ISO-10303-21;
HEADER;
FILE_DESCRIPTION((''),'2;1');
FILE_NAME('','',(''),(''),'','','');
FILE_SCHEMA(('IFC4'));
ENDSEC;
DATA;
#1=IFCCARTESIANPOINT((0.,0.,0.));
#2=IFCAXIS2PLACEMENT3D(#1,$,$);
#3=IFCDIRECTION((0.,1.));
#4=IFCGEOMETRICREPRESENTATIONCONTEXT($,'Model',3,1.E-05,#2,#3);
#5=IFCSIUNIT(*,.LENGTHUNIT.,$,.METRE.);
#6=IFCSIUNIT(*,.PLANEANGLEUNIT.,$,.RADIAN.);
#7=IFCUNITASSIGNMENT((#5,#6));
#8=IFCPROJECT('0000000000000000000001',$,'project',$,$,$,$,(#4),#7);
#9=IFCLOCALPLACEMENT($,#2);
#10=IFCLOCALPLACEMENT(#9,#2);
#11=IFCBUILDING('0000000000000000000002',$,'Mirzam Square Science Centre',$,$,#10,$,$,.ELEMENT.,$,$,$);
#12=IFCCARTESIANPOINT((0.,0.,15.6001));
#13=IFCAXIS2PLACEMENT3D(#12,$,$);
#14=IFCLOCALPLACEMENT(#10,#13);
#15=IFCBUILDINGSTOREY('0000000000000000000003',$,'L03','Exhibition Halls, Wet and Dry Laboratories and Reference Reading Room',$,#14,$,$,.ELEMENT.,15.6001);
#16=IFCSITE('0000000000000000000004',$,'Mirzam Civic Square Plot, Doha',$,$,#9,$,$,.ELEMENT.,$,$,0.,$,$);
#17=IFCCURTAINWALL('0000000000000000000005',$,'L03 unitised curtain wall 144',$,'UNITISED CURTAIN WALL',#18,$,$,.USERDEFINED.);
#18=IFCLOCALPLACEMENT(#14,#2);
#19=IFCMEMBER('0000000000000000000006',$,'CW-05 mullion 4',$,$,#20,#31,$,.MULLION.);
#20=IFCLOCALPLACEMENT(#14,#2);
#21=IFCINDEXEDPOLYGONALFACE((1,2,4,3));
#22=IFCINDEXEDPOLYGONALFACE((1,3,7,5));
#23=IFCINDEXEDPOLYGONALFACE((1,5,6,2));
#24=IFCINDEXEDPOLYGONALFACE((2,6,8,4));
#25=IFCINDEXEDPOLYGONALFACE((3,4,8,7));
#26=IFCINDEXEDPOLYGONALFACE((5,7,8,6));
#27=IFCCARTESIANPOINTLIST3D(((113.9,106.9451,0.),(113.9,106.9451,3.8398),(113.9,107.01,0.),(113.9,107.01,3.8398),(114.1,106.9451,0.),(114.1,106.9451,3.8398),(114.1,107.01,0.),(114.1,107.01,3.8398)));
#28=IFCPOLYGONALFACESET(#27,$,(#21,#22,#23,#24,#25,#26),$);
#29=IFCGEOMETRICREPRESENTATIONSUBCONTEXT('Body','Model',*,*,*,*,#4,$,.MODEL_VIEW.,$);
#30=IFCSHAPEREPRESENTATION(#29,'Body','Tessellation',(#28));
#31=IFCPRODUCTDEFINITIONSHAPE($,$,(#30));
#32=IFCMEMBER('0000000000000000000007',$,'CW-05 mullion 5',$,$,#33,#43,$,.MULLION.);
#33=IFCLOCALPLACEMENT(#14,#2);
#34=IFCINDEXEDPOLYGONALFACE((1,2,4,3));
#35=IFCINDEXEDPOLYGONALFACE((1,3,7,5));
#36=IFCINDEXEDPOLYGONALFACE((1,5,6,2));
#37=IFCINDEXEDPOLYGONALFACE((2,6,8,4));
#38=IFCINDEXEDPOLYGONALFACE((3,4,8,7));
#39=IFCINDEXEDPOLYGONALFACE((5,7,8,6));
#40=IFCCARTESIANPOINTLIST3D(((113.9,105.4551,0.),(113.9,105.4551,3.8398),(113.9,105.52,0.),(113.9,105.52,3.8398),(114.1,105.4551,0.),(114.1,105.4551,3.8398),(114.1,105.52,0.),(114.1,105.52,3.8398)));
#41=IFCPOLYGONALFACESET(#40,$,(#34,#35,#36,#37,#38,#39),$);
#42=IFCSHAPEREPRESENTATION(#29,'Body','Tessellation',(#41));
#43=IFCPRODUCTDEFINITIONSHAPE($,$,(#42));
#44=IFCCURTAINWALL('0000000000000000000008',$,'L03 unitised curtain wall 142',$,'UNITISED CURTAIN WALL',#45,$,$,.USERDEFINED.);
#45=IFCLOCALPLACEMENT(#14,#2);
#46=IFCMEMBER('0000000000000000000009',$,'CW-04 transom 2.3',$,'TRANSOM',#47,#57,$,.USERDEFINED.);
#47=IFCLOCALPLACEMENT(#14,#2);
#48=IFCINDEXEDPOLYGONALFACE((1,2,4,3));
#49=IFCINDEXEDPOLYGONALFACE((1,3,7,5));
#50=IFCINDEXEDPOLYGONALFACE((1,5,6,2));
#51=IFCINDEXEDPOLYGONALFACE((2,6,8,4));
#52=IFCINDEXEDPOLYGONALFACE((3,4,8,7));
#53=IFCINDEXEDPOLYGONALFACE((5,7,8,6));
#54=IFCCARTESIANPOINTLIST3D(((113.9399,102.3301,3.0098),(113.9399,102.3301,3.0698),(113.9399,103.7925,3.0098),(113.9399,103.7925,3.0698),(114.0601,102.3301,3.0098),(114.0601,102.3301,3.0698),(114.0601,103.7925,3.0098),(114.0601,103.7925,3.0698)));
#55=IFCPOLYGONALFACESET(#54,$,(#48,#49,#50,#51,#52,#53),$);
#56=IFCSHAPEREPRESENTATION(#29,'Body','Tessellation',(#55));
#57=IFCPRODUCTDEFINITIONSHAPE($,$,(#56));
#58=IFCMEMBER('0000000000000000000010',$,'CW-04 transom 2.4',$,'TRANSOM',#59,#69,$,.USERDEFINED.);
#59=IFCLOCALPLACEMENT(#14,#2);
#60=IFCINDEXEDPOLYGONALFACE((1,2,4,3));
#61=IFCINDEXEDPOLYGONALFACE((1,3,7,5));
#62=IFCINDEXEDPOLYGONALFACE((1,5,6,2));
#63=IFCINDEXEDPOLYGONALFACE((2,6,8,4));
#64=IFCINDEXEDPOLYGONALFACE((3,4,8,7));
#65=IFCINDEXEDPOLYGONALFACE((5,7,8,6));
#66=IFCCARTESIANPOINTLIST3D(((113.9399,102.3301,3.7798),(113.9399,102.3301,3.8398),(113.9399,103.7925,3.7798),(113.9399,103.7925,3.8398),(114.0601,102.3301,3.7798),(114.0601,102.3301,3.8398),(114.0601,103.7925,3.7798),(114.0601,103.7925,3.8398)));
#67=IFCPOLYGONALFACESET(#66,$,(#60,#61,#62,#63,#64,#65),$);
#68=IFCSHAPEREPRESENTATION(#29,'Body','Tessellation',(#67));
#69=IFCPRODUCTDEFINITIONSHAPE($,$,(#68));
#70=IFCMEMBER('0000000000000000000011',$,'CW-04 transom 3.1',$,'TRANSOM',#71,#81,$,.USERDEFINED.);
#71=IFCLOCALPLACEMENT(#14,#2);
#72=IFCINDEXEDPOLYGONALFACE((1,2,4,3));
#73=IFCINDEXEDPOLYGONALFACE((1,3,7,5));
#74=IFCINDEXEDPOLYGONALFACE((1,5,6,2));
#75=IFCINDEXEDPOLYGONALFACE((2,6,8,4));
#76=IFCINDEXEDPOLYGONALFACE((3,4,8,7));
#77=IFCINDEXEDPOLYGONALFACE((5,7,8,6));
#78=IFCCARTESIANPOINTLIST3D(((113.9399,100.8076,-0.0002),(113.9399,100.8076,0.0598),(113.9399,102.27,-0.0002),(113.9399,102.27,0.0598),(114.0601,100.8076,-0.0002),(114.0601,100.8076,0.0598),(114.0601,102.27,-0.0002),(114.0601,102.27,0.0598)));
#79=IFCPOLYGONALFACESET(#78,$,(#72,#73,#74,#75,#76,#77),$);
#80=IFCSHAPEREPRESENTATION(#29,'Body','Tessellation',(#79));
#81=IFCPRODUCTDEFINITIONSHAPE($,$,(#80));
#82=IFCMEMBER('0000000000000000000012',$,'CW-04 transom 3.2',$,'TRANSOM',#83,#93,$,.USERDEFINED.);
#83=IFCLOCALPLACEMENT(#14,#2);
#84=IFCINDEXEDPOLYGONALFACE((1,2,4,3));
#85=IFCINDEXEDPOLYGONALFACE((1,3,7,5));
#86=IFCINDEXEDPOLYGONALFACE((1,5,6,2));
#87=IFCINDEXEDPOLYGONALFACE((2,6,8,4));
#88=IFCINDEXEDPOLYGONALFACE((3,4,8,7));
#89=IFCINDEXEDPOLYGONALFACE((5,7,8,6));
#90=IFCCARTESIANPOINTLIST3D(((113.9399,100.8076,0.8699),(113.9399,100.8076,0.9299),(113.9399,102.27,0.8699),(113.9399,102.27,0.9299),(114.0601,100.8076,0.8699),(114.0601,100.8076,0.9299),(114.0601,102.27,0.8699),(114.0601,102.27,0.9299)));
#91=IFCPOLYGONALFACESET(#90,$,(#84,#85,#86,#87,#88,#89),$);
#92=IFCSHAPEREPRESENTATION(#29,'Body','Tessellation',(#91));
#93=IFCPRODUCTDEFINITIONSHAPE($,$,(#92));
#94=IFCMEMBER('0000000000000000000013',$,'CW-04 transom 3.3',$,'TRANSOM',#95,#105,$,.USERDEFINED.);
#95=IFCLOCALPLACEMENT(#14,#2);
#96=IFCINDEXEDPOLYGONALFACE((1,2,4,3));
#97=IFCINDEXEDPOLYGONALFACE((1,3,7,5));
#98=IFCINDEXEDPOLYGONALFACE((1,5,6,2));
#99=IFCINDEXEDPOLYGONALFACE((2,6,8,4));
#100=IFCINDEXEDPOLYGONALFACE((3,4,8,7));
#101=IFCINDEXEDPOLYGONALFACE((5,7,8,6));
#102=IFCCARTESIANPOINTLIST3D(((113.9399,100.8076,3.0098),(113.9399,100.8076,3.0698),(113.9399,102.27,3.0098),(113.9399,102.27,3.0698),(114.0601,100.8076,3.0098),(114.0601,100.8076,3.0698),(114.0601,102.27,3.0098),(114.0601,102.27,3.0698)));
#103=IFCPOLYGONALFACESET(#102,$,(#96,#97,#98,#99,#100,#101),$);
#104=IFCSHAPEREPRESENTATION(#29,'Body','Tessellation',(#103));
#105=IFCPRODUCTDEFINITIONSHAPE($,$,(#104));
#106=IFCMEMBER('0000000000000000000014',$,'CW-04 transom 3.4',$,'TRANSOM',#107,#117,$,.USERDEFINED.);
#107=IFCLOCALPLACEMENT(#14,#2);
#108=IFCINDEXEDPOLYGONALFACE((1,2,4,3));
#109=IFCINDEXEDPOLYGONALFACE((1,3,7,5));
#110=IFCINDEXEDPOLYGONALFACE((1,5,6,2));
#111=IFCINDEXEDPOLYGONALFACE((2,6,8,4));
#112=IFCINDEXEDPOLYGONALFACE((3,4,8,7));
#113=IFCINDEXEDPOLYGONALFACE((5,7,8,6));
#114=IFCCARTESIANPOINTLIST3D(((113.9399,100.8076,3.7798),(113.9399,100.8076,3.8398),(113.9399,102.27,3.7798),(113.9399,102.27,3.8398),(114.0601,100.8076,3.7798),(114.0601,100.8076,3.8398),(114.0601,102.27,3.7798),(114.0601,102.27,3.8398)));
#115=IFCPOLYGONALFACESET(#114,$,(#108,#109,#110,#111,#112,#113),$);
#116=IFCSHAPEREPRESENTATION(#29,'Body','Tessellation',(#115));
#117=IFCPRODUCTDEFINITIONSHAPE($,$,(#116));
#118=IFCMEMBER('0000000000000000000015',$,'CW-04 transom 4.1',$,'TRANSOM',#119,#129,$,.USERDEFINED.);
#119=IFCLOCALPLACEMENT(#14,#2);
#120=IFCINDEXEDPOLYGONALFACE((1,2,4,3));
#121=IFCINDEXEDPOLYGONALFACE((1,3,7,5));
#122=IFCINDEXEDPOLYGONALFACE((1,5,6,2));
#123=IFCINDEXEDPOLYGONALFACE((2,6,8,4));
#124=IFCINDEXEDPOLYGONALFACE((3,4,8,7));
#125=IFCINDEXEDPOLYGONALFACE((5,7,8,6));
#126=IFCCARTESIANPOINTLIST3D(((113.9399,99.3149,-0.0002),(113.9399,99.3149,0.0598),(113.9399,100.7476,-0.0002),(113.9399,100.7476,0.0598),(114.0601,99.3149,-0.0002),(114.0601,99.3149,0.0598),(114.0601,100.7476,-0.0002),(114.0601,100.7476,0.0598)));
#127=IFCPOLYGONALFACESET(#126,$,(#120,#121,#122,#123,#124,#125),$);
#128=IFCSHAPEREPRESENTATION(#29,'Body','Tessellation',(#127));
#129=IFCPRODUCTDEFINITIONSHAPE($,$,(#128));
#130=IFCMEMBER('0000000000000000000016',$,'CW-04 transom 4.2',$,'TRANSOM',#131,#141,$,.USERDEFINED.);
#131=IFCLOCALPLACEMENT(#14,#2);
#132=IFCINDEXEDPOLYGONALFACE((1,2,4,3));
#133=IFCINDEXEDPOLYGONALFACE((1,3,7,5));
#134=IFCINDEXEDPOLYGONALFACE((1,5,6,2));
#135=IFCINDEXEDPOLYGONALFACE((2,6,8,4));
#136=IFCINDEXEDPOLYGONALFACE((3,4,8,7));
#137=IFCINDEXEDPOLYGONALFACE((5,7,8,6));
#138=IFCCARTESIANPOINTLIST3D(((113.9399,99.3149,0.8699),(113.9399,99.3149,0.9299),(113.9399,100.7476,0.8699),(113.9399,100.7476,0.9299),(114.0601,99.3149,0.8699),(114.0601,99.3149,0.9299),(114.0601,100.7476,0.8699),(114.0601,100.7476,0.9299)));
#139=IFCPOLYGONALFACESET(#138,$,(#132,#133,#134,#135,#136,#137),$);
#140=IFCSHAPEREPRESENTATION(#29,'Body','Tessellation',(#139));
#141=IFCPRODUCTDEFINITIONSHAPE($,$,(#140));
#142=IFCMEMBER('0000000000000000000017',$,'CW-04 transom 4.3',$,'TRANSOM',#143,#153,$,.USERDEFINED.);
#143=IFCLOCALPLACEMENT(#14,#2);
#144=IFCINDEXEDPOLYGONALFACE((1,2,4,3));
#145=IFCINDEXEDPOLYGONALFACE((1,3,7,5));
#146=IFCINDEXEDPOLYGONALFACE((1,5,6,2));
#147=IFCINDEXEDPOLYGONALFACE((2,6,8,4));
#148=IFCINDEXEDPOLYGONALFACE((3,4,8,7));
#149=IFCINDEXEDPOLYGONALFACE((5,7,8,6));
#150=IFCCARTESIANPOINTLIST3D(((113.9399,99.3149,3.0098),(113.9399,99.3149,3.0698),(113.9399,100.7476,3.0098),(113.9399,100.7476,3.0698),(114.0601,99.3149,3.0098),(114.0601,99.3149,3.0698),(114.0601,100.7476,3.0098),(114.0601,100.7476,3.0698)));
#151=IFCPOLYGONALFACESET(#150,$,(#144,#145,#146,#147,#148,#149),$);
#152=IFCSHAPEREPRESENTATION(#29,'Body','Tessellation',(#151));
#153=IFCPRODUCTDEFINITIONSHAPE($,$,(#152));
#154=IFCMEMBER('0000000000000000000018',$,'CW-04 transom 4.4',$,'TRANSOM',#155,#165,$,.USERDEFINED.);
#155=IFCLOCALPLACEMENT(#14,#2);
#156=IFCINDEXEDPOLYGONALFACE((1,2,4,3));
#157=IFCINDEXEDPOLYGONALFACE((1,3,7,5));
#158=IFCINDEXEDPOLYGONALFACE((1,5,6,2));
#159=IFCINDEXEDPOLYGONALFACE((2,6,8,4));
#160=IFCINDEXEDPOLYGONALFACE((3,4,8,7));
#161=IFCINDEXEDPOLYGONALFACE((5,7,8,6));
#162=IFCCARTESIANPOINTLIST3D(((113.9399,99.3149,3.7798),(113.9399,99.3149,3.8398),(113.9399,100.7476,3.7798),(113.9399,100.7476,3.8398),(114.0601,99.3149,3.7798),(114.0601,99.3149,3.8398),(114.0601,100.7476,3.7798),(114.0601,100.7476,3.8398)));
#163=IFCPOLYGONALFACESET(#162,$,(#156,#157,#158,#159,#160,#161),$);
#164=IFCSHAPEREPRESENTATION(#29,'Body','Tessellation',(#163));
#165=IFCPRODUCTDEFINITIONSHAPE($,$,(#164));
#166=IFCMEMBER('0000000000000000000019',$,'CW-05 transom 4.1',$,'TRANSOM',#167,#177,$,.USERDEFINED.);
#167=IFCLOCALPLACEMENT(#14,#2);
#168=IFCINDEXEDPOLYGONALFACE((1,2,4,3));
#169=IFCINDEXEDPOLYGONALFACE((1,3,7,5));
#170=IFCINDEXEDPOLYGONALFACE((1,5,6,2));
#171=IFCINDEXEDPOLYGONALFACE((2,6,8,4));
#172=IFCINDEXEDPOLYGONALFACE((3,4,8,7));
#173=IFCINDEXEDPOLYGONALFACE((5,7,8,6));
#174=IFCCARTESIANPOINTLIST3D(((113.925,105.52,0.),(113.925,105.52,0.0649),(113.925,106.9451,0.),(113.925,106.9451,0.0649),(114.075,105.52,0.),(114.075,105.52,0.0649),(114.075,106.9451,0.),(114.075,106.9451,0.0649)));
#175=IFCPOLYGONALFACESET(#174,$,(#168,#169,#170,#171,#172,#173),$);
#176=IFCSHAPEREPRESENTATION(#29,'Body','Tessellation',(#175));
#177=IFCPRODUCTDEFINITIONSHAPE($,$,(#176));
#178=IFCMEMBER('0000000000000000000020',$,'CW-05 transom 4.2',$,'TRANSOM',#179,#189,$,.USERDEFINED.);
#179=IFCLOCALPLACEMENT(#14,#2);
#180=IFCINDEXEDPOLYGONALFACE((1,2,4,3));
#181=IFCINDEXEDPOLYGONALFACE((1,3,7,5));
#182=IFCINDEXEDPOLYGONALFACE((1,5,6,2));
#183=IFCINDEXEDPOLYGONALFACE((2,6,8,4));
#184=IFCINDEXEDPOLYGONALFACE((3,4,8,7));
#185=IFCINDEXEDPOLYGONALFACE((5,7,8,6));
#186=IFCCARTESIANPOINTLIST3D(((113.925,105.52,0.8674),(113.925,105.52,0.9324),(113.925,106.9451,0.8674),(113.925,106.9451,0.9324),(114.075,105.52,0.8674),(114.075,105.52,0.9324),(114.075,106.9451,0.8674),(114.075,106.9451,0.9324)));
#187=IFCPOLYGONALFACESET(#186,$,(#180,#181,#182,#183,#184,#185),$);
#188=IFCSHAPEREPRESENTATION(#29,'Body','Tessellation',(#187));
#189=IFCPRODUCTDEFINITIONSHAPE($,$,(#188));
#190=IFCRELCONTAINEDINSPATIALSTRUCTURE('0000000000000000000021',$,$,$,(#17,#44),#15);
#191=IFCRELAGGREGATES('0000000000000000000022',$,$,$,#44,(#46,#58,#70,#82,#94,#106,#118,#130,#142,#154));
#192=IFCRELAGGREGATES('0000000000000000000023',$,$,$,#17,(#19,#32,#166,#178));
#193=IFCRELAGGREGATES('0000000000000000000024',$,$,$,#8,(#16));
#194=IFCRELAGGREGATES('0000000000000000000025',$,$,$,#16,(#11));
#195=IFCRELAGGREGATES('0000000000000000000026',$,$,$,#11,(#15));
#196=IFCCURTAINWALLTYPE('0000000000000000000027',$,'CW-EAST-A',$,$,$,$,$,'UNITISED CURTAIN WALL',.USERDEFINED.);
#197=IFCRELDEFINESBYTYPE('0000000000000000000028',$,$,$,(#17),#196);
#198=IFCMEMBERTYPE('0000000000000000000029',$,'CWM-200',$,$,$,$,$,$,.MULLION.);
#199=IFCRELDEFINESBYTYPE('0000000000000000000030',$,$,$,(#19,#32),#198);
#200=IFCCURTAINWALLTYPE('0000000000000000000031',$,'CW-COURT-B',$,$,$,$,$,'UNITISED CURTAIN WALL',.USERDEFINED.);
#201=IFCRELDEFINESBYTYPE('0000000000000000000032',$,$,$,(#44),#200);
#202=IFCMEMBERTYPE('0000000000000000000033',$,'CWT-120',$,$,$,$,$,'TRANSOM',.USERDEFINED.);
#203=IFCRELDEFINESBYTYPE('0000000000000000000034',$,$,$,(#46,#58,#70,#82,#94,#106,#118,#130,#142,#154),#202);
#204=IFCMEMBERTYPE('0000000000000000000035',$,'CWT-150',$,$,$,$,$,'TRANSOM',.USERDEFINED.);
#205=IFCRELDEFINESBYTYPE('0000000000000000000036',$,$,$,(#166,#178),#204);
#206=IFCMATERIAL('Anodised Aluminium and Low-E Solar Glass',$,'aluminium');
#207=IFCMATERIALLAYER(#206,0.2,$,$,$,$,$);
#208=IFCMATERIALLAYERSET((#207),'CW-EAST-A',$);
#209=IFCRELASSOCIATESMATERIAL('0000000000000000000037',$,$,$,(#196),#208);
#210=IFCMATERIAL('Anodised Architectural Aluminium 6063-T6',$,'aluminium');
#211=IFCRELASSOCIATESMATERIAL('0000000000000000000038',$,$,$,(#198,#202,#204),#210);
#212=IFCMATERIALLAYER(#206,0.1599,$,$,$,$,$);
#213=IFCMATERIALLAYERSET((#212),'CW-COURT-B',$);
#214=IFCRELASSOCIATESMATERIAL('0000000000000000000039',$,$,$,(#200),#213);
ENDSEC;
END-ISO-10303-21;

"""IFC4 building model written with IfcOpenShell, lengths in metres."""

from ifc_helpers import new_model, si_unit, direction, frame, origin, origin_2d, place, context, subcontext, project, spatial, rectangle, extrude, material, layer, layer_set, material_profile, profile_set, type_object, element, aggregate, save


model = new_model("IFC4")

# Units and contexts
model_context = context("Model", 3, precision=1e-05, world=origin(), true_north=direction((0.0, 1.0)))
body_context = subcontext(model_context, "Body", "Model", "MODEL_VIEW")
ifc_project = project(units=[si_unit("LENGTHUNIT", "METRE"), si_unit("PLANEANGLEUNIT", "RADIAN")], contexts=[model_context])

# Site, building, storey
site_placement = place(None, origin())
site = spatial("IfcSite", under=ifc_project, at=site_placement, Name="Mirzam Civic Square Plot, Doha", CompositionType="ELEMENT", RefElevation=0.0)
building_placement = place(site_placement, origin())
building = spatial("IfcBuilding", under=site, at=building_placement, Name="Mirzam Square Science Centre", CompositionType="ELEMENT")
storey_placement = place(building_placement, frame((0.0, 0.0, 15.6001)))
storey = spatial("IfcBuildingStorey", under=building, at=storey_placement, Name="L03", Description="Exhibition Halls, Wet and Dry Laboratories and Reference Reading Room", CompositionType="ELEMENT", Elevation=15.6001)

# Curtain walls, members
ifc_material_1 = material(Name="Anodised Aluminium and Low-E Solar Glass", Category="aluminium")
ifc_layer_1 = layer(ifc_material_1, 0.2)
ifc_layer_set_1 = layer_set([ifc_layer_1], Name="CW-EAST-A")
curtain_wall_type_1 = type_object("IfcCurtainWallType", Name="CW-EAST-A", ElementType="UNITISED CURTAIN WALL", PredefinedType="USERDEFINED", material=ifc_layer_set_1)
curtain_wall_1_placement = place(storey_placement, origin())
curtain_wall_1 = element("IfcCurtainWall", 1, at=curtain_wall_1_placement, inside=storey, type_object=curtain_wall_type_1, Name="L03 unitised curtain wall 144", ObjectType="UNITISED CURTAIN WALL", PredefinedType="USERDEFINED")
ifc_material_2 = material(Name="Anodised Architectural Aluminium 6063-T6", Category="aluminium")
ifc_material_profile_1 = material_profile(ifc_material_2, rectangle(XDim=0.0649, YDim=0.2, at=origin_2d()), Name="ALU-MULL-200x65x5")
ifc_profile_set_1 = profile_set([ifc_material_profile_1], Name="Anodised Architectural Aluminium 6063-T6")
member_type_1 = type_object("IfcMemberType", Name="CWM-200", PredefinedType="MULLION", material=ifc_profile_set_1)
member_1_placement = place(storey_placement, frame((114.0, 106.9775, 0.0), z_axis=(0.0, 0.0, 1.0), x_axis=(0.0, -1.0, 0.0)))
member_1 = element("IfcMember", 2, at=member_1_placement, type_object=member_type_1, Name="CW-05 mullion 4", PredefinedType="MULLION", context=body_context, shape_type="SweptSolid", body=[
    extrude(rectangle(XDim=0.0649, YDim=0.2, at=origin_2d()), origin(), (0.0, 0.0, 1.0), 3.8398),
])
member_2_placement = place(storey_placement, frame((114.0, 105.4875, 0.0), z_axis=(0.0, 0.0, 1.0), x_axis=(0.0, -1.0, 0.0)))
member_2 = element("IfcMember", 3, at=member_2_placement, type_object=member_type_1, Name="CW-05 mullion 5", PredefinedType="MULLION", context=body_context, shape_type="SweptSolid", body=[
    extrude(rectangle(XDim=0.0649, YDim=0.2, at=origin_2d()), origin(), (0.0, 0.0, 1.0), 3.8398),
])
ifc_layer_2 = layer(ifc_material_1, 0.1599)
ifc_layer_set_2 = layer_set([ifc_layer_2], Name="CW-COURT-B")
curtain_wall_type_2 = type_object("IfcCurtainWallType", Name="CW-COURT-B", ElementType="UNITISED CURTAIN WALL", PredefinedType="USERDEFINED", material=ifc_layer_set_2)
curtain_wall_2_placement = place(storey_placement, origin())
curtain_wall_2 = element("IfcCurtainWall", 4, at=curtain_wall_2_placement, inside=storey, type_object=curtain_wall_type_2, Name="L03 unitised curtain wall 142", ObjectType="UNITISED CURTAIN WALL", PredefinedType="USERDEFINED")
ifc_material_profile_2 = material_profile(ifc_material_2, rectangle(XDim=0.1201, YDim=0.0601, at=origin_2d()), Name="ALU-TRAN-120x60x4")
ifc_profile_set_2 = profile_set([ifc_material_profile_2], Name="Anodised Architectural Aluminium 6063-T6")
member_type_2 = type_object("IfcMemberType", Name="CWT-120", ElementType="TRANSOM", PredefinedType="USERDEFINED", material=ifc_profile_set_2)
member_3_placement = place(storey_placement, frame((114.0, 103.7925, 3.0398), z_axis=(0.0, -1.0, 0.0), x_axis=(1.0, 0.0, 0.0)))
member_3 = element("IfcMember", 5, at=member_3_placement, type_object=member_type_2, Name="CW-04 transom 2.3", ObjectType="TRANSOM", PredefinedType="USERDEFINED", context=body_context, shape_type="SweptSolid", body=[
    extrude(rectangle(XDim=0.1201, YDim=0.0601, at=origin_2d()), origin(), (0.0, 0.0, 1.0), 1.4624),
])
member_4_placement = place(storey_placement, frame((114.0, 103.7925, 3.8098), z_axis=(0.0, -1.0, 0.0), x_axis=(1.0, 0.0, 0.0)))
member_4 = element("IfcMember", 6, at=member_4_placement, type_object=member_type_2, Name="CW-04 transom 2.4", ObjectType="TRANSOM", PredefinedType="USERDEFINED", context=body_context, shape_type="SweptSolid", body=[
    extrude(rectangle(XDim=0.1201, YDim=0.0601, at=origin_2d()), origin(), (0.0, 0.0, 1.0), 1.4624),
])
member_5_placement = place(storey_placement, frame((114.0, 102.27, 0.0298), z_axis=(0.0, -1.0, 0.0), x_axis=(1.0, 0.0, 0.0)))
member_5 = element("IfcMember", 7, at=member_5_placement, type_object=member_type_2, Name="CW-04 transom 3.1", ObjectType="TRANSOM", PredefinedType="USERDEFINED", context=body_context, shape_type="SweptSolid", body=[
    extrude(rectangle(XDim=0.1201, YDim=0.0601, at=origin_2d()), origin(), (0.0, 0.0, 1.0), 1.4624),
])
member_6_placement = place(storey_placement, frame((114.0, 102.27, 0.8999), z_axis=(0.0, -1.0, 0.0), x_axis=(1.0, 0.0, 0.0)))
member_6 = element("IfcMember", 8, at=member_6_placement, type_object=member_type_2, Name="CW-04 transom 3.2", ObjectType="TRANSOM", PredefinedType="USERDEFINED", context=body_context, shape_type="SweptSolid", body=[
    extrude(rectangle(XDim=0.1201, YDim=0.0601, at=origin_2d()), origin(), (0.0, 0.0, 1.0), 1.4624),
])
member_7_placement = place(storey_placement, frame((114.0, 102.27, 3.0398), z_axis=(0.0, -1.0, 0.0), x_axis=(1.0, 0.0, 0.0)))
member_7 = element("IfcMember", 9, at=member_7_placement, type_object=member_type_2, Name="CW-04 transom 3.3", ObjectType="TRANSOM", PredefinedType="USERDEFINED", context=body_context, shape_type="SweptSolid", body=[
    extrude(rectangle(XDim=0.1201, YDim=0.0601, at=origin_2d()), origin(), (0.0, 0.0, 1.0), 1.4624),
])
member_8_placement = place(storey_placement, frame((114.0, 102.27, 3.8098), z_axis=(0.0, -1.0, 0.0), x_axis=(1.0, 0.0, 0.0)))
member_8 = element("IfcMember", 10, at=member_8_placement, type_object=member_type_2, Name="CW-04 transom 3.4", ObjectType="TRANSOM", PredefinedType="USERDEFINED", context=body_context, shape_type="SweptSolid", body=[
    extrude(rectangle(XDim=0.1201, YDim=0.0601, at=origin_2d()), origin(), (0.0, 0.0, 1.0), 1.4624),
])
member_9_placement = place(storey_placement, frame((114.0, 100.7476, 0.0298), z_axis=(0.0, -1.0, 0.0), x_axis=(1.0, 0.0, 0.0)))
member_9 = element("IfcMember", 11, at=member_9_placement, type_object=member_type_2, Name="CW-04 transom 4.1", ObjectType="TRANSOM", PredefinedType="USERDEFINED", context=body_context, shape_type="SweptSolid", body=[
    extrude(rectangle(XDim=0.1201, YDim=0.0601, at=origin_2d()), origin(), (0.0, 0.0, 1.0), 1.4326),
])
member_10_placement = place(storey_placement, frame((114.0, 100.7476, 0.8999), z_axis=(0.0, -1.0, 0.0), x_axis=(1.0, 0.0, 0.0)))
member_10 = element("IfcMember", 12, at=member_10_placement, type_object=member_type_2, Name="CW-04 transom 4.2", ObjectType="TRANSOM", PredefinedType="USERDEFINED", context=body_context, shape_type="SweptSolid", body=[
    extrude(rectangle(XDim=0.1201, YDim=0.0601, at=origin_2d()), origin(), (0.0, 0.0, 1.0), 1.4326),
])
member_11_placement = place(storey_placement, frame((114.0, 100.7476, 3.0398), z_axis=(0.0, -1.0, 0.0), x_axis=(1.0, 0.0, 0.0)))
member_11 = element("IfcMember", 13, at=member_11_placement, type_object=member_type_2, Name="CW-04 transom 4.3", ObjectType="TRANSOM", PredefinedType="USERDEFINED", context=body_context, shape_type="SweptSolid", body=[
    extrude(rectangle(XDim=0.1201, YDim=0.0601, at=origin_2d()), origin(), (0.0, 0.0, 1.0), 1.4326),
])
member_12_placement = place(storey_placement, frame((114.0, 100.7476, 3.8098), z_axis=(0.0, -1.0, 0.0), x_axis=(1.0, 0.0, 0.0)))
member_12 = element("IfcMember", 14, at=member_12_placement, type_object=member_type_2, Name="CW-04 transom 4.4", ObjectType="TRANSOM", PredefinedType="USERDEFINED", context=body_context, shape_type="SweptSolid", body=[
    extrude(rectangle(XDim=0.1201, YDim=0.0601, at=origin_2d()), origin(), (0.0, 0.0, 1.0), 1.4326),
])

# Members
ifc_material_profile_3 = material_profile(ifc_material_2, rectangle(XDim=0.1499, YDim=0.0649, at=origin_2d()), Name="ALU-TRAN-150x65x4")
ifc_profile_set_3 = profile_set([ifc_material_profile_3], Name="Anodised Architectural Aluminium 6063-T6")
member_type_3 = type_object("IfcMemberType", Name="CWT-150", ElementType="TRANSOM", PredefinedType="USERDEFINED", material=ifc_profile_set_3)
member_13_placement = place(storey_placement, frame((114.0, 106.9451, 0.0325), z_axis=(0.0, -1.0, 0.0), x_axis=(1.0, 0.0, 0.0)))
member_13 = element("IfcMember", 15, at=member_13_placement, type_object=member_type_3, Name="CW-05 transom 4.1", ObjectType="TRANSOM", PredefinedType="USERDEFINED", context=body_context, shape_type="SweptSolid", body=[
    extrude(rectangle(XDim=0.1499, YDim=0.0649, at=origin_2d()), origin(), (0.0, 0.0, 1.0), 1.425),
])
member_14_placement = place(storey_placement, frame((114.0, 106.9451, 0.8999), z_axis=(0.0, -1.0, 0.0), x_axis=(1.0, 0.0, 0.0)))
member_14 = element("IfcMember", 16, at=member_14_placement, type_object=member_type_3, Name="CW-05 transom 4.2", ObjectType="TRANSOM", PredefinedType="USERDEFINED", context=body_context, shape_type="SweptSolid", body=[
    extrude(rectangle(XDim=0.1499, YDim=0.0649, at=origin_2d()), origin(), (0.0, 0.0, 1.0), 1.425),
])

aggregate(curtain_wall_2, [member_3, member_4, member_5, member_6, member_7, member_8, member_9, member_10, member_11, member_12])
aggregate(curtain_wall_1, [member_1, member_2, member_13, member_14])

save(model, "model.ifc")
